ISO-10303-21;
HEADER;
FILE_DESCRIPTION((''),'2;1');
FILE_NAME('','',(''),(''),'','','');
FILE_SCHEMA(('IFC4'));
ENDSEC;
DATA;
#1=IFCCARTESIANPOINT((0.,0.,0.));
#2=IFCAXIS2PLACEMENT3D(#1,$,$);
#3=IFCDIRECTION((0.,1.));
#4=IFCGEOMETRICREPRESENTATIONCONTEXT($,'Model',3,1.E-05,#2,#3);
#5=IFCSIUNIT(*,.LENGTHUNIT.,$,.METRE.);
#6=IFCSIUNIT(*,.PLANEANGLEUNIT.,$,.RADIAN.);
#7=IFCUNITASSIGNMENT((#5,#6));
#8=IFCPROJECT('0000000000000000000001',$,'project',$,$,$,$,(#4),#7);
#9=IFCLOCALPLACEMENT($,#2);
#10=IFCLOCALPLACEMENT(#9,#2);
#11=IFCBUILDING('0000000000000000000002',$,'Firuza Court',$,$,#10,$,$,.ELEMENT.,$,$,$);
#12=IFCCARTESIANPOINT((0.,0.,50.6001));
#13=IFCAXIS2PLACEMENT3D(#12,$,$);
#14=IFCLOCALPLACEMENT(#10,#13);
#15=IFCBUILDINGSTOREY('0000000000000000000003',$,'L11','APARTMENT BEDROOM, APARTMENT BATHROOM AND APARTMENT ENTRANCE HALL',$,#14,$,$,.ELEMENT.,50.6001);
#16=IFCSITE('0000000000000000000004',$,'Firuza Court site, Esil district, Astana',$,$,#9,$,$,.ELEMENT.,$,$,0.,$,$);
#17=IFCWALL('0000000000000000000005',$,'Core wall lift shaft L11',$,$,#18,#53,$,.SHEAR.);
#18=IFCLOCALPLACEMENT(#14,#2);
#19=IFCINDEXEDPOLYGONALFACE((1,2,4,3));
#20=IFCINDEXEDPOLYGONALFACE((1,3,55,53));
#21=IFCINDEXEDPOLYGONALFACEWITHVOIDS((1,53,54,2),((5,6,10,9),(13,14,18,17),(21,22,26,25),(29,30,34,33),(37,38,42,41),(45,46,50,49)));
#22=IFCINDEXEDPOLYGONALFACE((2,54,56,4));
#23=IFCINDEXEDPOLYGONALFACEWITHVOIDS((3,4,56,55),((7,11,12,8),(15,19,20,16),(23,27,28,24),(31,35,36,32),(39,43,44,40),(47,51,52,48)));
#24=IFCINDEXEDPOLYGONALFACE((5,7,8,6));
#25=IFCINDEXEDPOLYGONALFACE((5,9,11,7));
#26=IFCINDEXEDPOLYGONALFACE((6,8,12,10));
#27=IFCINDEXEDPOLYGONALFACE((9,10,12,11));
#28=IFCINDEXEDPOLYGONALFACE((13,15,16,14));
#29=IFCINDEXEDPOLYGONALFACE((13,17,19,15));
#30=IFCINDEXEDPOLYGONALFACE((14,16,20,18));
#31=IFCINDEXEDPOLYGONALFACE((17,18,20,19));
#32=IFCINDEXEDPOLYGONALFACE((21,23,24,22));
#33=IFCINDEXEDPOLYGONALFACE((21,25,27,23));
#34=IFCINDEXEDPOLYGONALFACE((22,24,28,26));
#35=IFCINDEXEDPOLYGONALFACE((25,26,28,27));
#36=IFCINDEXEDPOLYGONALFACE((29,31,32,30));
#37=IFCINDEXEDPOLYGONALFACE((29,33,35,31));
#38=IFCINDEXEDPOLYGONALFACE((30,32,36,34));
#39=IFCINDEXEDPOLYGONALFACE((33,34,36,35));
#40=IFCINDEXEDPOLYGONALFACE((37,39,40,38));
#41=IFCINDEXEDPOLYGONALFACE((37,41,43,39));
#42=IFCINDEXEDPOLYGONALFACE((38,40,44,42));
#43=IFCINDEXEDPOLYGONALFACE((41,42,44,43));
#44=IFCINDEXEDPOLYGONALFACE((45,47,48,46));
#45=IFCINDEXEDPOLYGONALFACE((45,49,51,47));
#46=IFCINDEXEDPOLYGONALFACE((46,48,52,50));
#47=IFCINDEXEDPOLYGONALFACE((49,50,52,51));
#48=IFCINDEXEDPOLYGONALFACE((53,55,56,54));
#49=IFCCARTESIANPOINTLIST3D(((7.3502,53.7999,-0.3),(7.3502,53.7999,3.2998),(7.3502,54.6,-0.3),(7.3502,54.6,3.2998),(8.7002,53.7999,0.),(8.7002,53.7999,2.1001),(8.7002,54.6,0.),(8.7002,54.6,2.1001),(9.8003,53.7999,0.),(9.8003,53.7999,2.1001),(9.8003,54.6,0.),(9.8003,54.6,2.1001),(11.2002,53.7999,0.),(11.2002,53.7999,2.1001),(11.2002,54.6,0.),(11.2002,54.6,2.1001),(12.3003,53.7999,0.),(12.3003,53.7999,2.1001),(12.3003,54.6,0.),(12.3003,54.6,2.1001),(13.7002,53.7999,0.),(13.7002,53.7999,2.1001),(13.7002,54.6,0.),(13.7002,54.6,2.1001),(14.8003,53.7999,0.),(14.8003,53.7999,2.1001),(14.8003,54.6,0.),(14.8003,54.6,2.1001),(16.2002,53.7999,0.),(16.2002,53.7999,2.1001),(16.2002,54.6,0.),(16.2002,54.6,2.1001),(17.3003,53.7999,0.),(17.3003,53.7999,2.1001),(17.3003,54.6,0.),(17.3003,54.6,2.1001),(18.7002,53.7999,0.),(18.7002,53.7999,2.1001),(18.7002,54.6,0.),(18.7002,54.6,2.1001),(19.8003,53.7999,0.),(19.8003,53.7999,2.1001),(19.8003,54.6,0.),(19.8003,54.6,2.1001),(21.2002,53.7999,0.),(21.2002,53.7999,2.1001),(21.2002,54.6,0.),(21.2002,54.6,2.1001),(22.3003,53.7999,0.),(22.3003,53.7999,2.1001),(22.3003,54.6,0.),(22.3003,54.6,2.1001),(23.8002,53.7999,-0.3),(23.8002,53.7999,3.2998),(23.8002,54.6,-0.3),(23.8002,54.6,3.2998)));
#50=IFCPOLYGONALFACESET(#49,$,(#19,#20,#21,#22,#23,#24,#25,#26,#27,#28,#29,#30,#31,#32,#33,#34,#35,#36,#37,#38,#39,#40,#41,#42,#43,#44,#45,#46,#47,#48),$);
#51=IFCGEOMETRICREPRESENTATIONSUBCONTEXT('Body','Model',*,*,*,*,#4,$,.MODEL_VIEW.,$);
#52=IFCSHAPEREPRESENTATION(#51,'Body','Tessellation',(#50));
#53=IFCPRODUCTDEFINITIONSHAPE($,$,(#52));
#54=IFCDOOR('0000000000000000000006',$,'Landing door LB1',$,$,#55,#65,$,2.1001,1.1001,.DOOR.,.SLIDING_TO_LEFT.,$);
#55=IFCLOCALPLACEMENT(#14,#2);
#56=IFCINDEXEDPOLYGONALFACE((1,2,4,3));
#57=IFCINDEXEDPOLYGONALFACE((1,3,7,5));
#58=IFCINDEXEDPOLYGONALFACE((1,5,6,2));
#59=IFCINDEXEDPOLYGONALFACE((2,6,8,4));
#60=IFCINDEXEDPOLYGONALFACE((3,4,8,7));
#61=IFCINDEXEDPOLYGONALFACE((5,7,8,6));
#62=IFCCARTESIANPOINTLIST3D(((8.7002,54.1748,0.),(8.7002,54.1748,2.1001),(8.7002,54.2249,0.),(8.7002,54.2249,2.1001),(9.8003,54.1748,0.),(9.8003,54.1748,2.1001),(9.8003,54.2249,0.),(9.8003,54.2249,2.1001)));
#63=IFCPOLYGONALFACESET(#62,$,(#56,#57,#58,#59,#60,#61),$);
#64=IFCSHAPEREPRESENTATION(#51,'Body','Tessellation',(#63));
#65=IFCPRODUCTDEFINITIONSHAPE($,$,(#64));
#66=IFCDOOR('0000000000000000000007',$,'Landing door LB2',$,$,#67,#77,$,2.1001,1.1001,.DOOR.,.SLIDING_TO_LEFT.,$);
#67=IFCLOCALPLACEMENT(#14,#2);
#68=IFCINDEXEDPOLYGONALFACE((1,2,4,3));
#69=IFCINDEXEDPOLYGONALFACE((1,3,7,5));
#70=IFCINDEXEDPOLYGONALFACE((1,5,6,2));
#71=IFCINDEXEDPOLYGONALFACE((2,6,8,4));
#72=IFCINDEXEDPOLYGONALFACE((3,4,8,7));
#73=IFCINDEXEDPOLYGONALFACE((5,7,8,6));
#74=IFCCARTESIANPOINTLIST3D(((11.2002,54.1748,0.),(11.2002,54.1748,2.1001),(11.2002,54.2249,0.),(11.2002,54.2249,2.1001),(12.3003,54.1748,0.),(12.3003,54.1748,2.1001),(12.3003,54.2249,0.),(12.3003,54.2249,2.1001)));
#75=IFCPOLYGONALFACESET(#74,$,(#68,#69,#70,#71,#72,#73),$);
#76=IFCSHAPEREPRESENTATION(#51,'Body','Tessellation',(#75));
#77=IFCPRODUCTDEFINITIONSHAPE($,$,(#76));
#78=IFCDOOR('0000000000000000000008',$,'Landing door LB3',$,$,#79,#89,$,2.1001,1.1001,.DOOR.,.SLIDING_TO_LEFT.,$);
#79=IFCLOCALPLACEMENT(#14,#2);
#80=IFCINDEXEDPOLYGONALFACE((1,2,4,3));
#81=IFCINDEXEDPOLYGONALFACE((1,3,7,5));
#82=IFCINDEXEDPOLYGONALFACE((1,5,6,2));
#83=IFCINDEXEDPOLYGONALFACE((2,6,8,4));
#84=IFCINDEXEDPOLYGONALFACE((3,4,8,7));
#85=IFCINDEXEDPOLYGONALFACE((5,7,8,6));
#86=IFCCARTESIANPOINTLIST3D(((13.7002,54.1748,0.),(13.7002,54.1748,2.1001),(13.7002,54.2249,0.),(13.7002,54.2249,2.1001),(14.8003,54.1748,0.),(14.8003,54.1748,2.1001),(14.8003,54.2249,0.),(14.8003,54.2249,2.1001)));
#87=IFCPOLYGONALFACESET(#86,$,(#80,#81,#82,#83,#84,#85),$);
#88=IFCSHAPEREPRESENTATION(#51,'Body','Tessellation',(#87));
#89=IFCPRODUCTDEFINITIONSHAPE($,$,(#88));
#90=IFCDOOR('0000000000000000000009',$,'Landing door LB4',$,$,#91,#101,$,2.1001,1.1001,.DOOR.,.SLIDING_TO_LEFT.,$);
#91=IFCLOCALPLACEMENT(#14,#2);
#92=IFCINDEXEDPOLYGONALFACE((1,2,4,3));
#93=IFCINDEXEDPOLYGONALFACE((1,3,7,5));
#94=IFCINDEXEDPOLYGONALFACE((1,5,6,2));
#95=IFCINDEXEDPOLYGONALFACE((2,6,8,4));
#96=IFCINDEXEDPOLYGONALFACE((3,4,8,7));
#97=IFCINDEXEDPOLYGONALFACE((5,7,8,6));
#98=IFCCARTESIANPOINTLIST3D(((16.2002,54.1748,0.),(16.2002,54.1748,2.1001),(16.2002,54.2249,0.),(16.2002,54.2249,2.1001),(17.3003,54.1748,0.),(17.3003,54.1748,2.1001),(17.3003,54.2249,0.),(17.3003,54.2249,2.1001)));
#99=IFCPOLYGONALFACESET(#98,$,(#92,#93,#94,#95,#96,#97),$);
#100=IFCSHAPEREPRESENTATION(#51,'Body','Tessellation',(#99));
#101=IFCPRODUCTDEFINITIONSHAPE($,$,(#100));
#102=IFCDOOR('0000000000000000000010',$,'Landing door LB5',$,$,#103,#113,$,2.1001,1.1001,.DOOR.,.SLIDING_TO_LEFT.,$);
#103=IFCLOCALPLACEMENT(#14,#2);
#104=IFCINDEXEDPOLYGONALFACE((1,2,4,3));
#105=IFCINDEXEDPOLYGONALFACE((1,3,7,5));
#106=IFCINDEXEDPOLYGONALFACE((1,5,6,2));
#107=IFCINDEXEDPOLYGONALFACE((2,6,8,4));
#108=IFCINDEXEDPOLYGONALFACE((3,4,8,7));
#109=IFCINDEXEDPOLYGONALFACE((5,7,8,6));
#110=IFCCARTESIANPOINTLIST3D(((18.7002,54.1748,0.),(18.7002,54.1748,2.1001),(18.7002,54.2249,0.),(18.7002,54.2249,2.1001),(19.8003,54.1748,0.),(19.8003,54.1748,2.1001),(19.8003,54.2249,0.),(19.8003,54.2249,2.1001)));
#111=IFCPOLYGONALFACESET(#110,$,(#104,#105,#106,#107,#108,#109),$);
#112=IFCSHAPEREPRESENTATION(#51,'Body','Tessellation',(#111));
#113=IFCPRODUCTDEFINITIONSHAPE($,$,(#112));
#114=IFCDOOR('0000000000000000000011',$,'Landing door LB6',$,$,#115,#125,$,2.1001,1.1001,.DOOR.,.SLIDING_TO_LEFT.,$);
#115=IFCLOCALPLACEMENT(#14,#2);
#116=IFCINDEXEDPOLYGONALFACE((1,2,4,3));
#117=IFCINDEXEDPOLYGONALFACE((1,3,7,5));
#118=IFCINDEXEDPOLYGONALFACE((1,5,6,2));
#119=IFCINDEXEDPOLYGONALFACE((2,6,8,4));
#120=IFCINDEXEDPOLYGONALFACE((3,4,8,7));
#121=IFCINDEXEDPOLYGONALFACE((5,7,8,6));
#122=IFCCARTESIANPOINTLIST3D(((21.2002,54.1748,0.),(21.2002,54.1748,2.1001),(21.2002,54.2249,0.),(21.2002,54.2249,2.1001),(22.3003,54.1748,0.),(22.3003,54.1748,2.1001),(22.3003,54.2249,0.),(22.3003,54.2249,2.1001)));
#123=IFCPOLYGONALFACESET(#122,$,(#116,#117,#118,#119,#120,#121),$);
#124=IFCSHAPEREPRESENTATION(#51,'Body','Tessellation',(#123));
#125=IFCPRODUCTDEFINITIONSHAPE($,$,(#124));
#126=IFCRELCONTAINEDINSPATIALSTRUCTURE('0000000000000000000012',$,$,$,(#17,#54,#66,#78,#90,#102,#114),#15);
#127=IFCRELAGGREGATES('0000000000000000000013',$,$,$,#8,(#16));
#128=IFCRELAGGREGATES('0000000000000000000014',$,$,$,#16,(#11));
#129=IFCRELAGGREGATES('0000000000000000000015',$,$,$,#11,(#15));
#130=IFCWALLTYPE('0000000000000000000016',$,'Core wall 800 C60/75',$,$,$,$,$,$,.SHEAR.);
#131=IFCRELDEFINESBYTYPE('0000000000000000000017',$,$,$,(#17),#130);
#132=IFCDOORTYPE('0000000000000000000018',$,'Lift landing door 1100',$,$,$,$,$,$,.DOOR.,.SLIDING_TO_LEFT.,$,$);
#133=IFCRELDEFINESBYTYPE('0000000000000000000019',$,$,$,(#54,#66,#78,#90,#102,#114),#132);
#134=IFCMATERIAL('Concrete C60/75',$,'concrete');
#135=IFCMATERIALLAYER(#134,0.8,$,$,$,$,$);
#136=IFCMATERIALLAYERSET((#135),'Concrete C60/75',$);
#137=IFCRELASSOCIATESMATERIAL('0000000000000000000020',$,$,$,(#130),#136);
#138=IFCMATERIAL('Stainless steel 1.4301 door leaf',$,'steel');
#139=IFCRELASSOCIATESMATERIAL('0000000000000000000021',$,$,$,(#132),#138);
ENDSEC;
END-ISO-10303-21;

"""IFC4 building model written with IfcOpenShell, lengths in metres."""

from ifc_helpers import new_model, si_unit, direction, frame, frame_2d, origin, place, context, subcontext, project, spatial, rectangle, extrude, material, layer, layer_set, type_object, element, fill, save


model = new_model("IFC4")

# Units and contexts
model_context = context("Model", 3, precision=1e-05, world=origin(), true_north=direction((0.0, 1.0)))
body_context = subcontext(model_context, "Body", "Model", "MODEL_VIEW")
ifc_project = project(units=[si_unit("LENGTHUNIT", "METRE"), si_unit("PLANEANGLEUNIT", "RADIAN")], contexts=[model_context])

# Site, building, storey
site_placement = place(None, origin())
site = spatial("IfcSite", under=ifc_project, at=site_placement, Name="Firuza Court site, Esil district, Astana", CompositionType="ELEMENT", RefElevation=0.0)
building_placement = place(site_placement, origin())
building = spatial("IfcBuilding", under=site, at=building_placement, Name="Firuza Court", CompositionType="ELEMENT")
storey_placement = place(building_placement, frame((0.0, 0.0, 50.6001)))
storey = spatial("IfcBuildingStorey", under=building, at=storey_placement, Name="L11", Description="APARTMENT BEDROOM, APARTMENT BATHROOM AND APARTMENT ENTRANCE HALL", CompositionType="ELEMENT", Elevation=50.6001)

# Shared definitions
ifc_material_1 = material(Name="Concrete C60/75", Category="concrete")

# Wall, openings, doors
ifc_layer_1 = layer(ifc_material_1, 0.8)
ifc_layer_set_1 = layer_set([ifc_layer_1], Name="Concrete C60/75")
wall_type_1 = type_object("IfcWallType", Name="Core wall 800 C60/75", PredefinedType="SHEAR", material=ifc_layer_set_1)
wall_1_placement = place(storey_placement, frame((7.3501, 54.2, -0.3), z_axis=(0.0, 0.0, 1.0), x_axis=(1.0, 0.0, 0.0)))
wall_1 = element("IfcWall", 1, at=wall_1_placement, inside=storey, type_object=wall_type_1, Name="Core wall lift shaft L11", PredefinedType="SHEAR", context=body_context, shape_type="SweptSolid", body=[
    extrude(rectangle(XDim=16.45, YDim=0.8, at=frame_2d((8.2251, 0.0))), origin(), (0.0, 0.0, 1.0), 3.5999),
])
opening_1_placement = place(wall_1_placement, frame((1.3501, 0.0, 0.3)))
opening_1 = element("IfcOpeningElement", 2, at=opening_1_placement, cuts=wall_1, PredefinedType="OPENING", context=body_context, shape_type="SweptSolid", body=[
    extrude(rectangle(XDim=1.1001, YDim=2.1001, at=frame_2d((0.55, 1.05))), frame((0.0, 0.4121, 0.0), z_axis=(0.0, -1.0, 0.0), x_axis=(1.0, 0.0, 0.0)), (0.0, 0.0, 1.0), 0.824),
])
opening_2_placement = place(wall_1_placement, frame((3.8501, 0.0, 0.3)))
opening_2 = element("IfcOpeningElement", 3, at=opening_2_placement, cuts=wall_1, PredefinedType="OPENING", context=body_context, shape_type="SweptSolid", body=[
    extrude(rectangle(XDim=1.1001, YDim=2.1001, at=frame_2d((0.55, 1.05))), frame((0.0, 0.4121, 0.0), z_axis=(0.0, -1.0, 0.0), x_axis=(1.0, 0.0, 0.0)), (0.0, 0.0, 1.0), 0.824),
])
opening_3_placement = place(wall_1_placement, frame((6.3501, 0.0, 0.3)))
opening_3 = element("IfcOpeningElement", 4, at=opening_3_placement, cuts=wall_1, PredefinedType="OPENING", context=body_context, shape_type="SweptSolid", body=[
    extrude(rectangle(XDim=1.1001, YDim=2.1001, at=frame_2d((0.55, 1.05))), frame((0.0, 0.4121, 0.0), z_axis=(0.0, -1.0, 0.0), x_axis=(1.0, 0.0, 0.0)), (0.0, 0.0, 1.0), 0.824),
])
opening_4_placement = place(wall_1_placement, frame((8.8501, 0.0, 0.3)))
opening_4 = element("IfcOpeningElement", 5, at=opening_4_placement, cuts=wall_1, PredefinedType="OPENING", context=body_context, shape_type="SweptSolid", body=[
    extrude(rectangle(XDim=1.1001, YDim=2.1001, at=frame_2d((0.55, 1.05))), frame((0.0, 0.4121, 0.0), z_axis=(0.0, -1.0, 0.0), x_axis=(1.0, 0.0, 0.0)), (0.0, 0.0, 1.0), 0.824),
])
opening_5_placement = place(wall_1_placement, frame((11.3501, 0.0, 0.3)))
opening_5 = element("IfcOpeningElement", 6, at=opening_5_placement, cuts=wall_1, PredefinedType="OPENING", context=body_context, shape_type="SweptSolid", body=[
    extrude(rectangle(XDim=1.1001, YDim=2.1001, at=frame_2d((0.55, 1.05))), frame((0.0, 0.4121, 0.0), z_axis=(0.0, -1.0, 0.0), x_axis=(1.0, 0.0, 0.0)), (0.0, 0.0, 1.0), 0.824),
])
opening_6_placement = place(wall_1_placement, frame((13.8501, 0.0, 0.3)))
opening_6 = element("IfcOpeningElement", 7, at=opening_6_placement, cuts=wall_1, PredefinedType="OPENING", context=body_context, shape_type="SweptSolid", body=[
    extrude(rectangle(XDim=1.1001, YDim=2.1001, at=frame_2d((0.55, 1.05))), frame((0.0, 0.4121, 0.0), z_axis=(0.0, -1.0, 0.0), x_axis=(1.0, 0.0, 0.0)), (0.0, 0.0, 1.0), 0.824),
])
ifc_material_2 = material(Name="Stainless steel 1.4301 door leaf", Category="steel")
door_type_1 = type_object("IfcDoorType", Name="Lift landing door 1100", OperationType="SLIDING_TO_LEFT", PredefinedType="DOOR", material=ifc_material_2)
door_1_placement = place(opening_1_placement, origin())
door_1 = element("IfcDoor", 8, at=door_1_placement, inside=storey, type_object=door_type_1, Name="Landing door LB1", OperationType="SLIDING_TO_LEFT", OverallHeight=2.1001, OverallWidth=1.1001, PredefinedType="DOOR", context=body_context, shape_type="SweptSolid", body=[
    extrude(rectangle(XDim=1.1001, YDim=2.1001, at=frame_2d((0.55, 1.05))), frame((0.0, 0.0249, 0.0), z_axis=(0.0, -1.0, 0.0), x_axis=(1.0, 0.0, 0.0)), (0.0, 0.0, 1.0), 0.05),
])
fill(opening_1, door_1)
door_2_placement = place(opening_2_placement, origin())
door_2 = element("IfcDoor", 9, at=door_2_placement, inside=storey, type_object=door_type_1, Name="Landing door LB2", OperationType="SLIDING_TO_LEFT", OverallHeight=2.1001, OverallWidth=1.1001, PredefinedType="DOOR", context=body_context, shape_type="SweptSolid", body=[
    extrude(rectangle(XDim=1.1001, YDim=2.1001, at=frame_2d((0.55, 1.05))), frame((0.0, 0.0249, 0.0), z_axis=(0.0, -1.0, 0.0), x_axis=(1.0, 0.0, 0.0)), (0.0, 0.0, 1.0), 0.05),
])
fill(opening_2, door_2)
door_3_placement = place(opening_3_placement, origin())
door_3 = element("IfcDoor", 10, at=door_3_placement, inside=storey, type_object=door_type_1, Name="Landing door LB3", OperationType="SLIDING_TO_LEFT", OverallHeight=2.1001, OverallWidth=1.1001, PredefinedType="DOOR", context=body_context, shape_type="SweptSolid", body=[
    extrude(rectangle(XDim=1.1001, YDim=2.1001, at=frame_2d((0.55, 1.05))), frame((0.0, 0.0249, 0.0), z_axis=(0.0, -1.0, 0.0), x_axis=(1.0, 0.0, 0.0)), (0.0, 0.0, 1.0), 0.05),
])
fill(opening_3, door_3)
door_4_placement = place(opening_4_placement, origin())
door_4 = element("IfcDoor", 11, at=door_4_placement, inside=storey, type_object=door_type_1, Name="Landing door LB4", OperationType="SLIDING_TO_LEFT", OverallHeight=2.1001, OverallWidth=1.1001, PredefinedType="DOOR", context=body_context, shape_type="SweptSolid", body=[
    extrude(rectangle(XDim=1.1001, YDim=2.1001, at=frame_2d((0.55, 1.05))), frame((0.0, 0.0249, 0.0), z_axis=(0.0, -1.0, 0.0), x_axis=(1.0, 0.0, 0.0)), (0.0, 0.0, 1.0), 0.05),
])
fill(opening_4, door_4)
door_5_placement = place(opening_5_placement, origin())
door_5 = element("IfcDoor", 12, at=door_5_placement, inside=storey, type_object=door_type_1, Name="Landing door LB5", OperationType="SLIDING_TO_LEFT", OverallHeight=2.1001, OverallWidth=1.1001, PredefinedType="DOOR", context=body_context, shape_type="SweptSolid", body=[
    extrude(rectangle(XDim=1.1001, YDim=2.1001, at=frame_2d((0.55, 1.05))), frame((0.0, 0.0249, 0.0), z_axis=(0.0, -1.0, 0.0), x_axis=(1.0, 0.0, 0.0)), (0.0, 0.0, 1.0), 0.05),
])
fill(opening_5, door_5)
door_6_placement = place(opening_6_placement, origin())
door_6 = element("IfcDoor", 13, at=door_6_placement, inside=storey, type_object=door_type_1, Name="Landing door LB6", OperationType="SLIDING_TO_LEFT", OverallHeight=2.1001, OverallWidth=1.1001, PredefinedType="DOOR", context=body_context, shape_type="SweptSolid", body=[
    extrude(rectangle(XDim=1.1001, YDim=2.1001, at=frame_2d((0.55, 1.05))), frame((0.0, 0.0249, 0.0), z_axis=(0.0, -1.0, 0.0), x_axis=(1.0, 0.0, 0.0)), (0.0, 0.0, 1.0), 0.05),
])
fill(opening_6, door_6)

save(model, "model.ifc")
